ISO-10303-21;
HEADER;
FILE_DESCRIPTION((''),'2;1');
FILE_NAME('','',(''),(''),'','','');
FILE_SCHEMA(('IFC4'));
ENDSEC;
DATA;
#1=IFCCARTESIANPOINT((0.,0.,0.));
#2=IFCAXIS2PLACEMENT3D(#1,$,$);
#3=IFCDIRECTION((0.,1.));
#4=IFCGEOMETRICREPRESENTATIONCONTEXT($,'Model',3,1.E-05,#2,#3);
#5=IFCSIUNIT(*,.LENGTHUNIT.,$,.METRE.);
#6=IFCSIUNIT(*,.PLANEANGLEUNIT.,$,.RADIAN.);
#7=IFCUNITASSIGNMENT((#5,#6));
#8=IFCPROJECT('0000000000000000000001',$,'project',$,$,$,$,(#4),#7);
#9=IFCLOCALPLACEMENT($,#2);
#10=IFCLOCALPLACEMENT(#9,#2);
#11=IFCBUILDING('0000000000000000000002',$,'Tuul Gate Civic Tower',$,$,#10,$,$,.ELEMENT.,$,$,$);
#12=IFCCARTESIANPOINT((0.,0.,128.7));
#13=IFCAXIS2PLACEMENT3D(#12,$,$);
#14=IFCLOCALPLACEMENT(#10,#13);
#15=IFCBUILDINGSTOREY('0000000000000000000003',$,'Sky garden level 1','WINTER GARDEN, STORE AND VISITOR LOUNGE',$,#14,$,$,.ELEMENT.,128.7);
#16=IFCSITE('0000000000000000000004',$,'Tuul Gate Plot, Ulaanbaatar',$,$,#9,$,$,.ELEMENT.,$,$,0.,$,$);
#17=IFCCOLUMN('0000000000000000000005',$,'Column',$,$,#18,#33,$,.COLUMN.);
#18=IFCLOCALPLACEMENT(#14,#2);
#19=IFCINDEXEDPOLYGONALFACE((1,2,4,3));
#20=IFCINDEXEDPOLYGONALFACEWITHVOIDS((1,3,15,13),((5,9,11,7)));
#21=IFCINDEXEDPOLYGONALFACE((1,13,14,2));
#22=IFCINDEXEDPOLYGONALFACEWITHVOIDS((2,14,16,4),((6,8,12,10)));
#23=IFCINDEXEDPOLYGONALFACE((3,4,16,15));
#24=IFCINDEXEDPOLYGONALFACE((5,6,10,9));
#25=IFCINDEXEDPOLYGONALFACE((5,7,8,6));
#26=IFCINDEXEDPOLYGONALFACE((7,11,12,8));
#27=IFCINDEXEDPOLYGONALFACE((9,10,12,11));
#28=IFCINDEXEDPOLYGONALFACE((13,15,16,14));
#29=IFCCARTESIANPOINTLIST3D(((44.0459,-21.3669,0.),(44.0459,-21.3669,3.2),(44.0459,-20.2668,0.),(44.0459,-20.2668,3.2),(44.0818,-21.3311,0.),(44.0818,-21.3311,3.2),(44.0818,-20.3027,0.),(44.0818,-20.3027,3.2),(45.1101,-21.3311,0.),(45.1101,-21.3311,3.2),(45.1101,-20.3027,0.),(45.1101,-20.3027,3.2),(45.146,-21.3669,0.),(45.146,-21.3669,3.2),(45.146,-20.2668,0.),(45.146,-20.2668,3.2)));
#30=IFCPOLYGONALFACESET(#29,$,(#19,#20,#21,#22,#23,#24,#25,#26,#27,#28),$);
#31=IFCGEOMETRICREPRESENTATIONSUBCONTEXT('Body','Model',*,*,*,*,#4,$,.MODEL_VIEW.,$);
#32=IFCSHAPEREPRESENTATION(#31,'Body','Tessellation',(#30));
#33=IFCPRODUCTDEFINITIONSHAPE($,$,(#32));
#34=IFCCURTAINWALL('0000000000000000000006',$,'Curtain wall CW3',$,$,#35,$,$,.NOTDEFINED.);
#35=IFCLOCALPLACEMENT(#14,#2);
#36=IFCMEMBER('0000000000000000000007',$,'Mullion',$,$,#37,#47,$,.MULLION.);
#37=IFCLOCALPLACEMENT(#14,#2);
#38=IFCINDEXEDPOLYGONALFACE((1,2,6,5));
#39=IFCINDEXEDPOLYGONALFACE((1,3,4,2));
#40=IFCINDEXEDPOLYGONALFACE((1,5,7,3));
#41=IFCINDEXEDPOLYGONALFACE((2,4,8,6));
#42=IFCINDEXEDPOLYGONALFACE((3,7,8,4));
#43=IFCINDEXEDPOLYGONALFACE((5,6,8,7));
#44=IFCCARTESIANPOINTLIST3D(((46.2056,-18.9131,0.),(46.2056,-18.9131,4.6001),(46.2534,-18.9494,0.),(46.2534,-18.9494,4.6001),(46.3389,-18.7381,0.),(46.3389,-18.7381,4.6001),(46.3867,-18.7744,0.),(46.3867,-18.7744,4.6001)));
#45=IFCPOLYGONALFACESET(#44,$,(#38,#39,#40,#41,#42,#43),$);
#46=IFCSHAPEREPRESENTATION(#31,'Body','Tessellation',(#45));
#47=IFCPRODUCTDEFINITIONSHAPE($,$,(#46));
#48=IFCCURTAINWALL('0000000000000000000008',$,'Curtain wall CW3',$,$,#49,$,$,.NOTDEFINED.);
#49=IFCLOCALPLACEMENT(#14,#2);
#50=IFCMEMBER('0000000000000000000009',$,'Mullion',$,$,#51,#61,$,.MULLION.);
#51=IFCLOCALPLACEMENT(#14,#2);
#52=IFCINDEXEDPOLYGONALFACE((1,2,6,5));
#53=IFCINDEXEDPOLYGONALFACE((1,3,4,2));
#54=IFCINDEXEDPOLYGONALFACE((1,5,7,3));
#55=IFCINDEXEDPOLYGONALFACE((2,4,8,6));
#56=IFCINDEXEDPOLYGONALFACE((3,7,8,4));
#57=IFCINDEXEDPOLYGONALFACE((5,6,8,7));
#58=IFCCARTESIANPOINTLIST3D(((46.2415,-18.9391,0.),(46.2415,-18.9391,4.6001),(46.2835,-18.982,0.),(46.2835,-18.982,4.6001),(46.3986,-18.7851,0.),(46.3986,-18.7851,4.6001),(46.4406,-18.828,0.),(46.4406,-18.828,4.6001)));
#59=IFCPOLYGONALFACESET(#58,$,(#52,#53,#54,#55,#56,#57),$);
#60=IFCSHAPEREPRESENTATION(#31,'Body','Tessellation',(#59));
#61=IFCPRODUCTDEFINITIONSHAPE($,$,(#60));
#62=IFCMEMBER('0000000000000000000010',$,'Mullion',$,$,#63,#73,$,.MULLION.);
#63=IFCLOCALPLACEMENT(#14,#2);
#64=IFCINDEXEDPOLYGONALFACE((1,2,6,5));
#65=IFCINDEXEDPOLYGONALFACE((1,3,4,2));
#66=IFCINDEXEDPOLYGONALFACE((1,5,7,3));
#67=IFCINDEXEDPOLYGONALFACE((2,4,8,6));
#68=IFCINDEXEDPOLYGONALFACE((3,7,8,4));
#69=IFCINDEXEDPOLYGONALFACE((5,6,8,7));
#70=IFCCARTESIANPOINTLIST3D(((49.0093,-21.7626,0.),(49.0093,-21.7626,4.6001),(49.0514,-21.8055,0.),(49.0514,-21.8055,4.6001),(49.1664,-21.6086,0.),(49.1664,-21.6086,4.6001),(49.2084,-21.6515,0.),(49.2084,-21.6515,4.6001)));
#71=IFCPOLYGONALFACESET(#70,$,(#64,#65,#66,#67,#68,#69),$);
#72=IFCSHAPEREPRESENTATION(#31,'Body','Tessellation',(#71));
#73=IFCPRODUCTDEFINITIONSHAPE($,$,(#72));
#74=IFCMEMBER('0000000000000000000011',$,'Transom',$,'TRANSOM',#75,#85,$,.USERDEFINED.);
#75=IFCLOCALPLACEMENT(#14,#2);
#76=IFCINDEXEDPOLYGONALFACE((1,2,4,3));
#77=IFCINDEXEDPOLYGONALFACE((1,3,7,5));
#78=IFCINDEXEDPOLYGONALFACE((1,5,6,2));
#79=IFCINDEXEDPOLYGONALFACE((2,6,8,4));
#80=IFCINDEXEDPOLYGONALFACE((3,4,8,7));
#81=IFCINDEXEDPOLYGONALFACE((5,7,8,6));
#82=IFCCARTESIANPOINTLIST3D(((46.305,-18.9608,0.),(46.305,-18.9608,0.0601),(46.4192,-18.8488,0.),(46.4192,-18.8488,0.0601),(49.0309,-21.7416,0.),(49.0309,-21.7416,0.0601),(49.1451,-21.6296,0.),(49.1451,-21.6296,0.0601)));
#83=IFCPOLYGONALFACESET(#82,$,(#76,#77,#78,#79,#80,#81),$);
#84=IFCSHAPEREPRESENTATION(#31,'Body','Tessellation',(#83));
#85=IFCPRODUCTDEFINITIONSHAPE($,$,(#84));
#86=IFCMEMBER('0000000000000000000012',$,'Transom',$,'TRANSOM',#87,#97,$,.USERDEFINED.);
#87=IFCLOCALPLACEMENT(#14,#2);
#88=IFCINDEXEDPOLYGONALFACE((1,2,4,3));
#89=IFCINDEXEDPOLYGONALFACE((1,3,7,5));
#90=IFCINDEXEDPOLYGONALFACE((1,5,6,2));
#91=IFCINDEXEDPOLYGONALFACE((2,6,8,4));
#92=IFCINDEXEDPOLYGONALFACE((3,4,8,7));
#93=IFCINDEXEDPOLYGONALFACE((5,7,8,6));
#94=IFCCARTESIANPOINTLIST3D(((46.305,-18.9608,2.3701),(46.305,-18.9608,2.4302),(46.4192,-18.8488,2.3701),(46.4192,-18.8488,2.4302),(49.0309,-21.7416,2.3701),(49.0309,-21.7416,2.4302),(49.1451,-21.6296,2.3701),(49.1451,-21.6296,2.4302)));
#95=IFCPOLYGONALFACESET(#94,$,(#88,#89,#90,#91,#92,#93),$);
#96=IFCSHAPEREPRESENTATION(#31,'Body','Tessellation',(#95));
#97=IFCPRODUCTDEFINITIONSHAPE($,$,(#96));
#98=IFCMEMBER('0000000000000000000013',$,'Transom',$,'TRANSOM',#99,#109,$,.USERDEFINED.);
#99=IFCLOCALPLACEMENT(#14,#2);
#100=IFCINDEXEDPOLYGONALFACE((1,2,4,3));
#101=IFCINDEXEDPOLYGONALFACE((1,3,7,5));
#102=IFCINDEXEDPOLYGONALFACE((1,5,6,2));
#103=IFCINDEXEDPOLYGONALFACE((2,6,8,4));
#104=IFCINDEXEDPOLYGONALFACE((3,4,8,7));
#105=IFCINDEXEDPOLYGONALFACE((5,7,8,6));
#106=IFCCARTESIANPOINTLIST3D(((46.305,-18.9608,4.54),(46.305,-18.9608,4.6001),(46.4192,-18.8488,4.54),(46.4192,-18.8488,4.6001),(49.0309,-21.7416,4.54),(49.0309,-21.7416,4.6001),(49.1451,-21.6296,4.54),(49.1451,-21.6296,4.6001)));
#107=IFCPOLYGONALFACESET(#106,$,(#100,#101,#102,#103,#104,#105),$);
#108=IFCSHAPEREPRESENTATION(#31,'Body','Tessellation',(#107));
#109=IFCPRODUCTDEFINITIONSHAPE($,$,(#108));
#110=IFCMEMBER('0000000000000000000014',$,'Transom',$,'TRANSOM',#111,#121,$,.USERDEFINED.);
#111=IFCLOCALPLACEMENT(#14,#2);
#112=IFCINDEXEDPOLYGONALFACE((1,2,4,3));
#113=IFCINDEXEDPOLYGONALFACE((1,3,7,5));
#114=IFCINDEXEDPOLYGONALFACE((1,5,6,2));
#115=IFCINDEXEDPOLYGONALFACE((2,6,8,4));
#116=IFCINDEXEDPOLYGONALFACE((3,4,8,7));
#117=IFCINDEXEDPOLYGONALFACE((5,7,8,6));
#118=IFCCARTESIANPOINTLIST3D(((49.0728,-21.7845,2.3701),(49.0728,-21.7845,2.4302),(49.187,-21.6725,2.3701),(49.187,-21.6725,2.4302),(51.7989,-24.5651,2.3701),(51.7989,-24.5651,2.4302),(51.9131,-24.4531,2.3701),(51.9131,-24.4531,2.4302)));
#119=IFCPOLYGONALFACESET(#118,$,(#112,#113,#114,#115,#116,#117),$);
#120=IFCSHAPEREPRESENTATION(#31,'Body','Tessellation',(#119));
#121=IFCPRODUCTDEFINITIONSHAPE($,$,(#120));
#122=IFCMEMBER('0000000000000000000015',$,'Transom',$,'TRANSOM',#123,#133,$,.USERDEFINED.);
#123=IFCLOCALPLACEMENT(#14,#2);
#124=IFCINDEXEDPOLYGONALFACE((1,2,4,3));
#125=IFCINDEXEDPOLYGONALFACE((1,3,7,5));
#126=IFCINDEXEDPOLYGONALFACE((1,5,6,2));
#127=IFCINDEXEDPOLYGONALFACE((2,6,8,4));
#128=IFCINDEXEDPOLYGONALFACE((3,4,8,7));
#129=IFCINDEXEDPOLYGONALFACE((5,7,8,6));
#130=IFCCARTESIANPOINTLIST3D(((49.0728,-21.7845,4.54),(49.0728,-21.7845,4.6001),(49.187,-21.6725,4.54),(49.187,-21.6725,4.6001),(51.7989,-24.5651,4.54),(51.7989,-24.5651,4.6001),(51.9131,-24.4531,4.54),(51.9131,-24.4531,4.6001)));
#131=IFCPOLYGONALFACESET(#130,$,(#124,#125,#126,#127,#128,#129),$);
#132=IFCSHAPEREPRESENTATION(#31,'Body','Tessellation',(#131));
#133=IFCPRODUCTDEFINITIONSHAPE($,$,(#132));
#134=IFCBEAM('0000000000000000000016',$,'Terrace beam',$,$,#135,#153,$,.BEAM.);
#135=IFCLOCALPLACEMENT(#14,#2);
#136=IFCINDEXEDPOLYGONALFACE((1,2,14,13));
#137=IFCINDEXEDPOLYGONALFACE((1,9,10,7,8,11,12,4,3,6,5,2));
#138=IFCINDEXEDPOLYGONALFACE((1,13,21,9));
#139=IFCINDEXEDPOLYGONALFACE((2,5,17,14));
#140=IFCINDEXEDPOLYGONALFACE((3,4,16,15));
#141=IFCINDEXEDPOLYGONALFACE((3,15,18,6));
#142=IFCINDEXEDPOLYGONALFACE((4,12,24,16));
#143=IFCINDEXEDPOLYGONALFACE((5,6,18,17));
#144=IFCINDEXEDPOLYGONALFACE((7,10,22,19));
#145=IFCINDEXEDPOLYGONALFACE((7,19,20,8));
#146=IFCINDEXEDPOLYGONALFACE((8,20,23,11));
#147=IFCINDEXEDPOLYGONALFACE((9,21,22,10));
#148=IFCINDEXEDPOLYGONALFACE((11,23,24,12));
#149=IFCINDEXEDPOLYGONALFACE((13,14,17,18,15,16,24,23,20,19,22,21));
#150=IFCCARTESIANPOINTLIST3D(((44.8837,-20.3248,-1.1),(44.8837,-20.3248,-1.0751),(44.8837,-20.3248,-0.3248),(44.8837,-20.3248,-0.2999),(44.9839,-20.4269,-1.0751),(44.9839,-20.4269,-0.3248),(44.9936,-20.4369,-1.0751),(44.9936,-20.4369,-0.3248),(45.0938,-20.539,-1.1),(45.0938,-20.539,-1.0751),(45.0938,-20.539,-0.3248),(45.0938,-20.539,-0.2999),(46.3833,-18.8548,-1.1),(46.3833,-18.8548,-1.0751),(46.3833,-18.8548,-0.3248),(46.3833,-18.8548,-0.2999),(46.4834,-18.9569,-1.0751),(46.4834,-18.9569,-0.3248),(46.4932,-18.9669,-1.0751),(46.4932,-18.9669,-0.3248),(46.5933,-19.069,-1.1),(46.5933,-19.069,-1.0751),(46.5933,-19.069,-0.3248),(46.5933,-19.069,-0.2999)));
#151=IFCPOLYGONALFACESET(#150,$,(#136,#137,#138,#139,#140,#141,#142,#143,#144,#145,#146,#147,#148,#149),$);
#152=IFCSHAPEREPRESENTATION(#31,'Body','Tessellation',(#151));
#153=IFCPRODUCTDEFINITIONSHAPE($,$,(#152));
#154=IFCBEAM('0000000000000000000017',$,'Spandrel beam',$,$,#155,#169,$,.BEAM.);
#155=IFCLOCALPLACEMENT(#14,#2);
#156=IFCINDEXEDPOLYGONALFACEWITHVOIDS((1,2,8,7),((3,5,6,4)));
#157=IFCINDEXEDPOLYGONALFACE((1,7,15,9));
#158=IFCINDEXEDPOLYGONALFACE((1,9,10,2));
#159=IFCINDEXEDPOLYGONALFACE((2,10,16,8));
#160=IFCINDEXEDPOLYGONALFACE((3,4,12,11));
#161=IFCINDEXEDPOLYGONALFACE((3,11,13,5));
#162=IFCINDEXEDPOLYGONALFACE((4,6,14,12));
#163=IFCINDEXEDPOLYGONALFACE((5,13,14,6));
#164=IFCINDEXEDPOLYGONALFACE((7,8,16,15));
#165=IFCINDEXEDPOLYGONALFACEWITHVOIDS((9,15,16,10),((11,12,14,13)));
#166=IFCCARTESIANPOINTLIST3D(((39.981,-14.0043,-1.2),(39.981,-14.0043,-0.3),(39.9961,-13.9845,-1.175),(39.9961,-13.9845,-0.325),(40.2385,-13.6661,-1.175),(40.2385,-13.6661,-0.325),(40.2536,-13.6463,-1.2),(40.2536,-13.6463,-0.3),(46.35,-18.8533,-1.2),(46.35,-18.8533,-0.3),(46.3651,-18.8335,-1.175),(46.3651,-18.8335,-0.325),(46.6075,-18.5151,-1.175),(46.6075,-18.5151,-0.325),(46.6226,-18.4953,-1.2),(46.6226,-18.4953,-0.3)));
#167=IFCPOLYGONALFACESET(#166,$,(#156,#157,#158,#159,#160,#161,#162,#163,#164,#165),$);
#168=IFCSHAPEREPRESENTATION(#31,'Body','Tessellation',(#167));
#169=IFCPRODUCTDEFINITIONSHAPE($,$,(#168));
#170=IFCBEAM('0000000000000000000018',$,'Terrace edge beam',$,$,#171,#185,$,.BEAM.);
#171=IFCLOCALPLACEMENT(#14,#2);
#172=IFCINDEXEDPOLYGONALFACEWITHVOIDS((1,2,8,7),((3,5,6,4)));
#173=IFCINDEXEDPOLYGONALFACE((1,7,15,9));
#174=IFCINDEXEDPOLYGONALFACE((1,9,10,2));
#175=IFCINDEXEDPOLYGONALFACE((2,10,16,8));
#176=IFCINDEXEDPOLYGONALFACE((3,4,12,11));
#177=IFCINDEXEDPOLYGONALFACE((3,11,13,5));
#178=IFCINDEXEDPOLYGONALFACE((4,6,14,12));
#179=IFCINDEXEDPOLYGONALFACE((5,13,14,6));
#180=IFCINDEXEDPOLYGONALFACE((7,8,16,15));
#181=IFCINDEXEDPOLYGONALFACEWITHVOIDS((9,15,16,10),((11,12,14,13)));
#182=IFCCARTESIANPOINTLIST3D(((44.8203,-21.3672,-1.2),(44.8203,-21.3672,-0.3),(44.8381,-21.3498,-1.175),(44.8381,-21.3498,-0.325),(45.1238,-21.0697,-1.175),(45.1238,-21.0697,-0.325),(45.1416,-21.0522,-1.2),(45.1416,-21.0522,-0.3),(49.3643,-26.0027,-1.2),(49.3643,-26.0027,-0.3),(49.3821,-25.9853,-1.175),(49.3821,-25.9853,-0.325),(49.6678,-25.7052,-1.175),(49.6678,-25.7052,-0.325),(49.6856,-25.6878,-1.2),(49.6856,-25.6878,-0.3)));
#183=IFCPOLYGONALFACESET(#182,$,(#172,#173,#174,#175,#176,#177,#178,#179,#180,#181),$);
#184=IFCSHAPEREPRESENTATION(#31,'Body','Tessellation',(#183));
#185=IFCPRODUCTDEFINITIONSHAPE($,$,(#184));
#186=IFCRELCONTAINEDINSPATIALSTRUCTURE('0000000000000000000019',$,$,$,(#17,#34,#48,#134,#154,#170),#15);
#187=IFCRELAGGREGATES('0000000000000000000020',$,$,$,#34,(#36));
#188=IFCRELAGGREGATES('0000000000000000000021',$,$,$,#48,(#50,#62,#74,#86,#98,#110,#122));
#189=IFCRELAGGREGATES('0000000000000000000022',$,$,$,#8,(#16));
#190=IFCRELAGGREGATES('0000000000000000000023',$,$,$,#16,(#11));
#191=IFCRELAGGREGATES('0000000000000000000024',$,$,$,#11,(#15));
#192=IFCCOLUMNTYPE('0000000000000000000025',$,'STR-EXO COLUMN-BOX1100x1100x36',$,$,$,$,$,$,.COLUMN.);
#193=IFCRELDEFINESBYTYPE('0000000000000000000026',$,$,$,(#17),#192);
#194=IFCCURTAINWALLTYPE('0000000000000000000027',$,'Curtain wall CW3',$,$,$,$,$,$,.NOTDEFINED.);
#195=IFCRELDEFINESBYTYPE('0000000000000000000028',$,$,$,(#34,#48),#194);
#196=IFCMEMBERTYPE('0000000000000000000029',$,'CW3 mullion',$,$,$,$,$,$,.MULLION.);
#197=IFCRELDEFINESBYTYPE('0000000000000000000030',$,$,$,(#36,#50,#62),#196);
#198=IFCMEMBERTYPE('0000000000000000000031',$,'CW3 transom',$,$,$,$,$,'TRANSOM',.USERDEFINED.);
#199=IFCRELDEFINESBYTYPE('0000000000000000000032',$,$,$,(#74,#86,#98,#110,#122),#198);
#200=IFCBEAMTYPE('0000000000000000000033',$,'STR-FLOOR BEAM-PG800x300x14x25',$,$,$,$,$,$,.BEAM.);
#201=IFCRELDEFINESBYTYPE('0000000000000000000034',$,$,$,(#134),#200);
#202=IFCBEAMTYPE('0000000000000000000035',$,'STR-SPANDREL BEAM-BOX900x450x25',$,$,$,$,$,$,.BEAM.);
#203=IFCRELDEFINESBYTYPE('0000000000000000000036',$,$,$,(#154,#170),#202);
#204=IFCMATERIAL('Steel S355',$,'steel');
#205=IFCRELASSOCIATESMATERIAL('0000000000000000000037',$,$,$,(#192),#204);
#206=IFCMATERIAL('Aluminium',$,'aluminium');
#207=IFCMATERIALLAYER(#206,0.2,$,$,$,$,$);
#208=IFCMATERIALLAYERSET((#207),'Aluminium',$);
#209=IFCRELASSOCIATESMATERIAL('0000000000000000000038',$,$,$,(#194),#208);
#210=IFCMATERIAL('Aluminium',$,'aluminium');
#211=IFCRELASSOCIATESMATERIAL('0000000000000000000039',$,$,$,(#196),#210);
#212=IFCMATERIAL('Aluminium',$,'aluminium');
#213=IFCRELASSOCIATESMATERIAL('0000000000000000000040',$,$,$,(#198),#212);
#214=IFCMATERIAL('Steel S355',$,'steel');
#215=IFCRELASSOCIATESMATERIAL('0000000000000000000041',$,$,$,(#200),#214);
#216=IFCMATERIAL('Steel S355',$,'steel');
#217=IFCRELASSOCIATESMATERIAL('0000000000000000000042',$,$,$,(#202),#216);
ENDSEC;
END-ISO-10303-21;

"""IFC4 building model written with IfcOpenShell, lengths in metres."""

from ifc_helpers import new_model, si_unit, direction, frame, origin, origin_2d, place, context, subcontext, project, spatial, rectangle, hollow_rectangle, i_section, extrude, material, layer, layer_set, material_profile, profile_set, type_object, element, aggregate, save


model = new_model("IFC4")

# Units and contexts
model_context = context("Model", 3, precision=1e-05, world=origin(), true_north=direction((0.0, 1.0)))
body_context = subcontext(model_context, "Body", "Model", "MODEL_VIEW")
ifc_project = project(units=[si_unit("LENGTHUNIT", "METRE"), si_unit("PLANEANGLEUNIT", "RADIAN")], contexts=[model_context])

# Site, building, storey
site_placement = place(None, origin())
site = spatial("IfcSite", under=ifc_project, at=site_placement, Name="Tuul Gate Plot, Ulaanbaatar", CompositionType="ELEMENT", RefElevation=0.0)
building_placement = place(site_placement, origin())
building = spatial("IfcBuilding", under=site, at=building_placement, Name="Tuul Gate Civic Tower", CompositionType="ELEMENT")
storey_placement = place(building_placement, frame((0.0, 0.0, 128.7)))
storey = spatial("IfcBuildingStorey", under=building, at=storey_placement, Name="Sky garden level 1", Description="WINTER GARDEN, STORE AND VISITOR LOUNGE", CompositionType="ELEMENT", Elevation=128.7)

# Column
ifc_material_1 = material(Name="Steel S355", Category="steel")
ifc_material_profile_1 = material_profile(ifc_material_1, hollow_rectangle(XDim=1.1001, YDim=1.1001, WallThickness=0.0359, at=origin_2d()), Name="BOX1100x1100x36")
ifc_profile_set_1 = profile_set([ifc_material_profile_1], Name="Steel S355")
column_type = type_object("IfcColumnType", Name="STR-EXO COLUMN-BOX1100x1100x36", PredefinedType="COLUMN", material=ifc_profile_set_1)
column_placement = place(storey_placement, frame((44.5959, -20.8169, 0.0), z_axis=(0.0, 0.0, 1.0), x_axis=(1.0, 0.0, 0.0)))
element("IfcColumn", 1, at=column_placement, inside=storey, type_object=column_type, Name="Column", PredefinedType="COLUMN", context=body_context, shape_type="SweptSolid", body=[
    extrude(hollow_rectangle(XDim=1.1001, YDim=1.1001, WallThickness=0.0359, at=origin_2d()), origin(), (0.0, 0.0, 1.0), 3.2),
])

# Curtain wall, member
ifc_material_2 = material(Name="Aluminium", Category="aluminium")
ifc_layer_1 = layer(ifc_material_2, 0.2)
ifc_layer_set_1 = layer_set([ifc_layer_1], Name="Aluminium")
curtain_wall_type = type_object("IfcCurtainWallType", Name="Curtain wall CW3", PredefinedType="NOTDEFINED", material=ifc_layer_set_1)
curtain_wall_1_placement = place(storey_placement, origin())
curtain_wall_1 = element("IfcCurtainWall", 2, at=curtain_wall_1_placement, inside=storey, type_object=curtain_wall_type, Name="Curtain wall CW3", PredefinedType="NOTDEFINED")
ifc_material_3 = material(Name="Aluminium", Category="aluminium")
ifc_material_profile_2 = material_profile(ifc_material_3, rectangle(XDim=0.22, YDim=0.0601, at=origin_2d()), Name="CW3 mullion")
ifc_profile_set_2 = profile_set([ifc_material_profile_2], Name="Aluminium")
member_type_1 = type_object("IfcMemberType", Name="CW3 mullion", PredefinedType="MULLION", material=ifc_profile_set_2)
member_1_placement = place(storey_placement, frame((46.2961, -18.8438, 0.0), z_axis=(0.0, 0.0, 1.0), x_axis=(0.605828, 0.795596, 0.0)))
member_1 = element("IfcMember", 3, at=member_1_placement, type_object=member_type_1, Name="Mullion", PredefinedType="MULLION", context=body_context, shape_type="SweptSolid", body=[
    extrude(rectangle(XDim=0.22, YDim=0.0601, at=origin_2d()), origin(), (0.0, 0.0, 1.0), 4.6001),
])

# Curtain wall, members
curtain_wall_2_placement = place(storey_placement, origin())
curtain_wall_2 = element("IfcCurtainWall", 4, at=curtain_wall_2_placement, inside=storey, type_object=curtain_wall_type, Name="Curtain wall CW3", PredefinedType="NOTDEFINED")
member_2_placement = place(storey_placement, frame((46.3411, -18.8835, 0.0), z_axis=(0.0, 0.0, 1.0), x_axis=(0.7141, 0.700044, 0.0)))
member_2 = element("IfcMember", 5, at=member_2_placement, type_object=member_type_1, Name="Mullion", PredefinedType="MULLION", context=body_context, shape_type="SweptSolid", body=[
    extrude(rectangle(XDim=0.22, YDim=0.0601, at=origin_2d()), origin(), (0.0, 0.0, 1.0), 4.6001),
])
member_3_placement = place(storey_placement, frame((49.1089, -21.707, 0.0), z_axis=(0.0, 0.0, 1.0), x_axis=(0.7141, 0.700044, 0.0)))
member_3 = element("IfcMember", 6, at=member_3_placement, type_object=member_type_1, Name="Mullion", PredefinedType="MULLION", context=body_context, shape_type="SweptSolid", body=[
    extrude(rectangle(XDim=0.22, YDim=0.0601, at=origin_2d()), origin(), (0.0, 0.0, 1.0), 4.6001),
])
ifc_material_4 = material(Name="Aluminium", Category="aluminium")
ifc_material_profile_3 = material_profile(ifc_material_4, rectangle(XDim=0.1599, YDim=0.0601, at=origin_2d()), Name="CW3 transom")
ifc_profile_set_3 = profile_set([ifc_material_profile_3], Name="Aluminium")
member_type_2 = type_object("IfcMemberType", Name="CW3 transom", ElementType="TRANSOM", PredefinedType="USERDEFINED", material=ifc_profile_set_3)
member_4_placement = place(storey_placement, frame((46.3621, -18.9048, 0.03), z_axis=(0.700018, -0.714125, 0.0), x_axis=(0.714125, 0.700018, 0.0)))
member_4 = element("IfcMember", 7, at=member_4_placement, type_object=member_type_2, Name="Transom", ObjectType="TRANSOM", PredefinedType="USERDEFINED", context=body_context, shape_type="SweptSolid", body=[
    extrude(rectangle(XDim=0.1599, YDim=0.0601, at=origin_2d()), origin(), (0.0, 0.0, 1.0), 3.894),
])
member_5_placement = place(storey_placement, frame((46.3621, -18.9048, 2.4001), z_axis=(0.700018, -0.714125, 0.0), x_axis=(0.714125, 0.700018, 0.0)))
member_5 = element("IfcMember", 8, at=member_5_placement, type_object=member_type_2, Name="Transom", ObjectType="TRANSOM", PredefinedType="USERDEFINED", context=body_context, shape_type="SweptSolid", body=[
    extrude(rectangle(XDim=0.1599, YDim=0.0601, at=origin_2d()), origin(), (0.0, 0.0, 1.0), 3.894),
])
member_6_placement = place(storey_placement, frame((46.3621, -18.9048, 4.5701), z_axis=(0.700018, -0.714125, 0.0), x_axis=(0.714125, 0.700018, 0.0)))
member_6 = element("IfcMember", 9, at=member_6_placement, type_object=member_type_2, Name="Transom", ObjectType="TRANSOM", PredefinedType="USERDEFINED", context=body_context, shape_type="SweptSolid", body=[
    extrude(rectangle(XDim=0.1599, YDim=0.0601, at=origin_2d()), origin(), (0.0, 0.0, 1.0), 3.894),
])
member_7_placement = place(storey_placement, frame((49.1299, -21.7285, 2.4001), z_axis=(0.700081, -0.714063, 0.0), x_axis=(0.714063, 0.700081, 0.0)))
member_7 = element("IfcMember", 10, at=member_7_placement, type_object=member_type_2, Name="Transom", ObjectType="TRANSOM", PredefinedType="USERDEFINED", context=body_context, shape_type="SweptSolid", body=[
    extrude(rectangle(XDim=0.1599, YDim=0.0601, at=origin_2d()), origin(), (0.0, 0.0, 1.0), 3.894),
])
member_8_placement = place(storey_placement, frame((49.1299, -21.7285, 4.5701), z_axis=(0.700081, -0.714063, 0.0), x_axis=(0.714063, 0.700081, 0.0)))
member_8 = element("IfcMember", 11, at=member_8_placement, type_object=member_type_2, Name="Transom", ObjectType="TRANSOM", PredefinedType="USERDEFINED", context=body_context, shape_type="SweptSolid", body=[
    extrude(rectangle(XDim=0.1599, YDim=0.0601, at=origin_2d()), origin(), (0.0, 0.0, 1.0), 3.894),
])

# Beams
ifc_material_5 = material(Name="Steel S355", Category="steel")
ifc_material_profile_4 = material_profile(ifc_material_5, i_section(OverallWidth=0.3, OverallDepth=0.8, WebThickness=0.0139, FlangeThickness=0.0249, at=origin_2d()), Name="PG800x300x14x25")
ifc_profile_set_4 = profile_set([ifc_material_profile_4], Name="Steel S355")
beam_type_1 = type_object("IfcBeamType", Name="STR-FLOOR BEAM-PG800x300x14x25", PredefinedType="BEAM", material=ifc_profile_set_4)
beam_1_placement = place(storey_placement, frame((44.9888, -20.4319, -0.7), z_axis=(0.714106, 0.700038, 0.0), x_axis=(-0.700038, 0.714106, 0.0)))
element("IfcBeam", 12, at=beam_1_placement, inside=storey, type_object=beam_type_1, Name="Terrace beam", PredefinedType="BEAM", context=body_context, shape_type="SweptSolid", body=[
    extrude(i_section(OverallWidth=0.3, OverallDepth=0.8, WebThickness=0.0139, FlangeThickness=0.0249, at=origin_2d()), origin(), (0.0, 0.0, 1.0), 2.0999),
])
ifc_material_6 = material(Name="Steel S355", Category="steel")
ifc_material_profile_5 = material_profile(ifc_material_6, hollow_rectangle(XDim=0.45, YDim=0.8999, WallThickness=0.0249, at=origin_2d()), Name="BOX900x450x25")
ifc_profile_set_5 = profile_set([ifc_material_profile_5], Name="Steel S355")
beam_type_2 = type_object("IfcBeamType", Name="STR-SPANDREL BEAM-BOX900x450x25", PredefinedType="BEAM", material=ifc_profile_set_5)
beam_2_placement = place(storey_placement, frame((46.4863, -18.6743, -0.75), z_axis=(-0.795646, 0.605762, 0.0), x_axis=(-0.605762, -0.795646, 0.0)))
element("IfcBeam", 13, at=beam_2_placement, inside=storey, type_object=beam_type_2, Name="Spandrel beam", PredefinedType="BEAM", context=body_context, shape_type="SweptSolid", body=[
    extrude(hollow_rectangle(XDim=0.45, YDim=0.8999, WallThickness=0.0249, at=origin_2d()), origin(), (0.0, 0.0, 1.0), 8.0049),
])
beam_3_placement = place(storey_placement, frame((44.981, -21.2097, -0.75), z_axis=(0.70002, -0.714124, 0.0), x_axis=(0.714124, 0.70002, 0.0)))
element("IfcBeam", 14, at=beam_3_placement, inside=storey, type_object=beam_type_2, Name="Terrace edge beam", PredefinedType="BEAM", context=body_context, shape_type="SweptSolid", body=[
    extrude(hollow_rectangle(XDim=0.45, YDim=0.8999, WallThickness=0.0249, at=origin_2d()), origin(), (0.0, 0.0, 1.0), 6.4912),
])

aggregate(curtain_wall_1, [member_1])
aggregate(curtain_wall_2, [member_2, member_3, member_4, member_5, member_6, member_7, member_8])

save(model, "model.ifc")
